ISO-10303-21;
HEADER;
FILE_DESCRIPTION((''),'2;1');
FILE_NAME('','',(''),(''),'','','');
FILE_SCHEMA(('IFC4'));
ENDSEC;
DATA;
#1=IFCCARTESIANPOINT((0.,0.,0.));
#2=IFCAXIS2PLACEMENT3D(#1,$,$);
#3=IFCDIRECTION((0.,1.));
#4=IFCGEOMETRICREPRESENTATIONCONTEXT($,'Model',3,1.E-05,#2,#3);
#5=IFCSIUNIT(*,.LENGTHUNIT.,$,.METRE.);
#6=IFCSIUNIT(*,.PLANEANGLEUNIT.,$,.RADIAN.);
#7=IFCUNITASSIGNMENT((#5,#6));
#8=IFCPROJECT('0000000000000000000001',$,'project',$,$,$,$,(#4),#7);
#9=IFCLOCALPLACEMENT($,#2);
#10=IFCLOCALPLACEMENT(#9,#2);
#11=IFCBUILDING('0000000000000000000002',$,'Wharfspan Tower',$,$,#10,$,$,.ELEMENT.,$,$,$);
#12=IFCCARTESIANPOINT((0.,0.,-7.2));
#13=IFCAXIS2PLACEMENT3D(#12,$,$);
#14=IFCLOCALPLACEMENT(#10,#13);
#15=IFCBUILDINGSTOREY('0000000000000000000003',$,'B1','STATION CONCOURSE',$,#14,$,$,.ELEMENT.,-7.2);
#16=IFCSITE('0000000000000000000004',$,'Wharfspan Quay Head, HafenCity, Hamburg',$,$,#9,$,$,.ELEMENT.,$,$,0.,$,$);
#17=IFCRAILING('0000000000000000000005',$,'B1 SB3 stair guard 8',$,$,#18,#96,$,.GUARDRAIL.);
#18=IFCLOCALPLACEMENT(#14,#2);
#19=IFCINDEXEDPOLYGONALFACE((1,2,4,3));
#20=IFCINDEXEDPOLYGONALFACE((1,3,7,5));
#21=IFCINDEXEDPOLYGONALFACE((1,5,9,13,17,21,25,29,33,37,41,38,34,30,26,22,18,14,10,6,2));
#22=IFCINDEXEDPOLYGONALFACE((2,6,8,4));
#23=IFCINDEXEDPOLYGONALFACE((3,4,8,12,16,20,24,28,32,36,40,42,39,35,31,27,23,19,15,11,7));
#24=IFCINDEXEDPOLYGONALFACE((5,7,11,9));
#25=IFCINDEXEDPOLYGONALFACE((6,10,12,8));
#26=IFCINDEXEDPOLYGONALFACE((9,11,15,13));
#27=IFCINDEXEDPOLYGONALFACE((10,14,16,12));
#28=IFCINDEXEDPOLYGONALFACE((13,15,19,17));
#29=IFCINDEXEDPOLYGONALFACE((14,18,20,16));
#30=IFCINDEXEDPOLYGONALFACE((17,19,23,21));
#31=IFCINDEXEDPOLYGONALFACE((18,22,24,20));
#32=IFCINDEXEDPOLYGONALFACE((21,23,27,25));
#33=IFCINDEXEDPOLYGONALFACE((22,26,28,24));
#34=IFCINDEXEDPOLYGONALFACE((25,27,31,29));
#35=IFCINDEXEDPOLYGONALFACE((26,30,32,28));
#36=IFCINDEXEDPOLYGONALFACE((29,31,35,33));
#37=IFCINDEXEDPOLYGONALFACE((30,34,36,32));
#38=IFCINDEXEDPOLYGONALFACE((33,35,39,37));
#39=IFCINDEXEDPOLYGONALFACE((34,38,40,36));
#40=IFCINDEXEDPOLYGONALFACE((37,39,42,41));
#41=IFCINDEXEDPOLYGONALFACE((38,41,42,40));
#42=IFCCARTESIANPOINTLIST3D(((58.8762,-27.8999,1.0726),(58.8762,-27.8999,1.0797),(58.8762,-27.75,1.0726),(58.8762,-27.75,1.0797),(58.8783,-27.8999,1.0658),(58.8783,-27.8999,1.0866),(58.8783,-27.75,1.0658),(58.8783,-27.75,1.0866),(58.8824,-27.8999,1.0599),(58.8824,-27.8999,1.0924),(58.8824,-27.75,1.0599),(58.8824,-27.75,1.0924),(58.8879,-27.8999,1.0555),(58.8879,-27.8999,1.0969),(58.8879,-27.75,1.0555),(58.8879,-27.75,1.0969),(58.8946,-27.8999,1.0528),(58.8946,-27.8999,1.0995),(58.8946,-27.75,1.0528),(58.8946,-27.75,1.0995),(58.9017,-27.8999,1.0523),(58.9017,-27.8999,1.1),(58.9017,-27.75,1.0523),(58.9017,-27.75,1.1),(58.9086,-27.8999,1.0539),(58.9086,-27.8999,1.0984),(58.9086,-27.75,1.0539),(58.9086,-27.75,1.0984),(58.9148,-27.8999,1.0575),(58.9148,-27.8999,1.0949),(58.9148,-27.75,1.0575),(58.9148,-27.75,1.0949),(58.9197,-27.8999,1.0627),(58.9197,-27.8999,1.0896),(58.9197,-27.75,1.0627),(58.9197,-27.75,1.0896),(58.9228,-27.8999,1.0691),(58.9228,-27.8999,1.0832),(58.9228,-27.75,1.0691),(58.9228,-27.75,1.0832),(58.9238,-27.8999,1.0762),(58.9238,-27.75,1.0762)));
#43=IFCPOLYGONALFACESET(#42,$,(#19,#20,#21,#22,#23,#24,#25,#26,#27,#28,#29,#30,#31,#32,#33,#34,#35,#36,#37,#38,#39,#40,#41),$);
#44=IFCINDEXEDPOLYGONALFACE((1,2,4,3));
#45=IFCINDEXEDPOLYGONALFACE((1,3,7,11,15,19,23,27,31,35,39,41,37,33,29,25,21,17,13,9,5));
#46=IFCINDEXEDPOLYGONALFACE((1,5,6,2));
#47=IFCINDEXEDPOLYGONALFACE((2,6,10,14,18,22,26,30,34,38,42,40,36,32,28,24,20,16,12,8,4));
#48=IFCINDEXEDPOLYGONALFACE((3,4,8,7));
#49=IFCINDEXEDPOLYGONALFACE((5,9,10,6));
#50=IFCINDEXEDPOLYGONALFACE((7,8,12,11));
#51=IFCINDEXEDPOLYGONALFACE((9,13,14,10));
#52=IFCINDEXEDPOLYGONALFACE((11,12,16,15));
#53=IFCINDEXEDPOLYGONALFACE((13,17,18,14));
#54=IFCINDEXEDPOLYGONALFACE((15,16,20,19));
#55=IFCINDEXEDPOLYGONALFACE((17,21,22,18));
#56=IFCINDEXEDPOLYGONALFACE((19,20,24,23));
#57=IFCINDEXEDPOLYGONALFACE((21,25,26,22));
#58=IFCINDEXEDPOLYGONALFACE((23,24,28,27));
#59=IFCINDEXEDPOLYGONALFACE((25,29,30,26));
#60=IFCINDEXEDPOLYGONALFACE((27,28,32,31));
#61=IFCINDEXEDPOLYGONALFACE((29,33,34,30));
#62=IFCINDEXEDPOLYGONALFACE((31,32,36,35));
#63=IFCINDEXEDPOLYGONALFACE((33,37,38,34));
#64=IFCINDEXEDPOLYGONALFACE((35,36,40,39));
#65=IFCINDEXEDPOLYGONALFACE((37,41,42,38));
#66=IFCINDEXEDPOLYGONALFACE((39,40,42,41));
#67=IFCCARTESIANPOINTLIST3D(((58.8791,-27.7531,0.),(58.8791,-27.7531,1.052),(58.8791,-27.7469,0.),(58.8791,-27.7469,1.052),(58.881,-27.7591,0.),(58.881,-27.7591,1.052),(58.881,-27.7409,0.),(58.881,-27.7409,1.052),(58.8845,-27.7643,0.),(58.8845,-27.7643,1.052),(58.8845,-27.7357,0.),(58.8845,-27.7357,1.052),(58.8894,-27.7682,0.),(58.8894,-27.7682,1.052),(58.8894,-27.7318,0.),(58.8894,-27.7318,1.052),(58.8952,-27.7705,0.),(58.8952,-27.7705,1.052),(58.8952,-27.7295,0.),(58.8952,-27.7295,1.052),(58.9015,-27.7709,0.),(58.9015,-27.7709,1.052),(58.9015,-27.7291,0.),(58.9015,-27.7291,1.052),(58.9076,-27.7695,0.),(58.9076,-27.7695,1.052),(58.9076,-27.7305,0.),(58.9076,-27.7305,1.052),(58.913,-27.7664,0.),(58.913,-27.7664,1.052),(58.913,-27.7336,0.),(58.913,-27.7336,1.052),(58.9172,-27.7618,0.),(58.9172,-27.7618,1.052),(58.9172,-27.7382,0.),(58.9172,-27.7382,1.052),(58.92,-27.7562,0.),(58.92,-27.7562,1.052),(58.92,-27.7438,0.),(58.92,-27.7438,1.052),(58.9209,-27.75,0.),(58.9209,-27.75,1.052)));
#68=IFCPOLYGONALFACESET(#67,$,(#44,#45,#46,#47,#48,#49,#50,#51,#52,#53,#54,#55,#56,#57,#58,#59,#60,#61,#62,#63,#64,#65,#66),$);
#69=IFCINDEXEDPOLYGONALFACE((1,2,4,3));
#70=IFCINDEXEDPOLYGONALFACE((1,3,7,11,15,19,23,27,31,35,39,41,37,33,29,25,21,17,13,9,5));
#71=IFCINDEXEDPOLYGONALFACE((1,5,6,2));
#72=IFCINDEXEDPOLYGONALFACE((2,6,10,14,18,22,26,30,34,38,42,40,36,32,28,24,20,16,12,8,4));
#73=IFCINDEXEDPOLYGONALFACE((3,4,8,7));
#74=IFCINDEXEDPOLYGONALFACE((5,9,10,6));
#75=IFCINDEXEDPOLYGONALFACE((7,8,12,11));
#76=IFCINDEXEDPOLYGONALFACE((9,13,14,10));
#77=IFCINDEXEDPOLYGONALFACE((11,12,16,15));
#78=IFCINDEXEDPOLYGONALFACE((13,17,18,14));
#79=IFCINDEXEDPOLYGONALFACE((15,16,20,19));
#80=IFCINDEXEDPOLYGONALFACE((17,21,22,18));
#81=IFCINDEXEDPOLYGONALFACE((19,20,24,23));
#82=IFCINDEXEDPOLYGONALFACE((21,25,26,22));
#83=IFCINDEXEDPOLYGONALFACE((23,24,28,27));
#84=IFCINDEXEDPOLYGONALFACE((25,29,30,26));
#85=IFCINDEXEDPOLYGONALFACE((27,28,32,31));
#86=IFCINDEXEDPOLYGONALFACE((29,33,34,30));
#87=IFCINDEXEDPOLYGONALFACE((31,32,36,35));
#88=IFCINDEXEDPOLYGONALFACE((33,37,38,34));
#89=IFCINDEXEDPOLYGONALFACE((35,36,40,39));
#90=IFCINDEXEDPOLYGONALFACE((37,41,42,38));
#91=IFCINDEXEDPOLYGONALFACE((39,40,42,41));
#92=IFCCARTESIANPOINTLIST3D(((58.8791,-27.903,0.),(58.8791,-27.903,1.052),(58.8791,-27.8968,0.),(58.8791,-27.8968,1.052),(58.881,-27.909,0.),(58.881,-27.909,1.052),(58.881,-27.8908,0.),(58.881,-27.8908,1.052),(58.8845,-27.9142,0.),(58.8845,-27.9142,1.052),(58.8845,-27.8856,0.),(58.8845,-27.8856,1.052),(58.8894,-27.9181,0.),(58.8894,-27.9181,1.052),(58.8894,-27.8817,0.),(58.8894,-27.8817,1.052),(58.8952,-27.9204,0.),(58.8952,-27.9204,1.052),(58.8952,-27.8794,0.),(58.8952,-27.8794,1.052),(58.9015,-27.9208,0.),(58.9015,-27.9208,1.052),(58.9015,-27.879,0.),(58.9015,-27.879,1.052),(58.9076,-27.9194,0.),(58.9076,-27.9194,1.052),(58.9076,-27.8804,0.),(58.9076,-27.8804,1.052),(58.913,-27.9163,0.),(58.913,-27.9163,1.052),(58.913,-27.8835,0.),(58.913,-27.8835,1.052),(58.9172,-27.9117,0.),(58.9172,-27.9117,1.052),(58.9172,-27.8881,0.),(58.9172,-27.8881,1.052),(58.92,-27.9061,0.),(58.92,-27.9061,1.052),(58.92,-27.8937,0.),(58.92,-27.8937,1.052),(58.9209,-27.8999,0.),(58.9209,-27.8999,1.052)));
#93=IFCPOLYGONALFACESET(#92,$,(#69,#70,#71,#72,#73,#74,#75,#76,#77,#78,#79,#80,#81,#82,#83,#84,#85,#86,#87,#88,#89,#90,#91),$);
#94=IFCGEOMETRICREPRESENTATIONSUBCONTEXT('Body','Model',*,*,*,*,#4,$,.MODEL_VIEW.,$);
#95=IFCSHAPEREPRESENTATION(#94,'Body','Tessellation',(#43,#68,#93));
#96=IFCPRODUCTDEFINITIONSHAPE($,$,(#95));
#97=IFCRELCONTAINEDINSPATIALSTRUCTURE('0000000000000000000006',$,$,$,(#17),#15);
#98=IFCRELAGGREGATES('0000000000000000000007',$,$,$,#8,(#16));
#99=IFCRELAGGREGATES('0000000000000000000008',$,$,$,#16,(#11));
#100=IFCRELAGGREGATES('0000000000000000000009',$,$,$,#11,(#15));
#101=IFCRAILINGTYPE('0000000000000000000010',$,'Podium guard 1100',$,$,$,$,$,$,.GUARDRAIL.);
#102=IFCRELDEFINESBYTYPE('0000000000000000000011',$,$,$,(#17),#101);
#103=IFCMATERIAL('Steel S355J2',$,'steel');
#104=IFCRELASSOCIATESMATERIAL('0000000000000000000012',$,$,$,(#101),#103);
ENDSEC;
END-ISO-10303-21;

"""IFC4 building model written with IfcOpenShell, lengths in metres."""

from ifc_helpers import new_model, si_unit, direction, frame, origin, origin_2d, place, context, subcontext, project, spatial, circle, extrude, material, type_object, element, save


model = new_model("IFC4")

# Units and contexts
model_context = context("Model", 3, precision=1e-05, world=origin(), true_north=direction((0.0, 1.0)))
body_context = subcontext(model_context, "Body", "Model", "MODEL_VIEW")
ifc_project = project(units=[si_unit("LENGTHUNIT", "METRE"), si_unit("PLANEANGLEUNIT", "RADIAN")], contexts=[model_context])

# Site, building, storey
site_placement = place(None, origin())
site = spatial("IfcSite", under=ifc_project, at=site_placement, Name="Wharfspan Quay Head, HafenCity, Hamburg", CompositionType="ELEMENT", RefElevation=0.0)
building_placement = place(site_placement, origin())
building = spatial("IfcBuilding", under=site, at=building_placement, Name="Wharfspan Tower", CompositionType="ELEMENT")
storey_placement = place(building_placement, frame((0.0, 0.0, -7.2)))
storey = spatial("IfcBuildingStorey", under=building, at=storey_placement, Name="B1", Description="STATION CONCOURSE", CompositionType="ELEMENT", Elevation=-7.2)

# Railing
ifc_material_1 = material(Name="Steel S355J2", Category="steel")
railing_type_1 = type_object("IfcRailingType", Name="Podium guard 1100", PredefinedType="GUARDRAIL", material=ifc_material_1)
railing_1_placement = place(storey_placement, frame((58.8999, -27.75, 0.0)))
element("IfcRailing", 1, at=railing_1_placement, inside=storey, type_object=railing_type_1, Name="B1 SB3 stair guard 8", PredefinedType="GUARDRAIL", context=body_context, shape_type="SweptSolid", body=[
    extrude(circle(Radius=0.0239, at=origin_2d()), frame((0.0, 0.0, 1.0762), z_axis=(0.0, -1.0, 0.0), x_axis=(1.0, 0.0, 0.0)), (0.0, 0.0, 1.0), 0.1499),
    extrude(circle(Radius=0.021, at=origin_2d()), origin(), (0.0, 0.0, 1.0), 1.052),
    extrude(circle(Radius=0.021, at=origin_2d()), frame((0.0, -0.1499, 0.0)), (0.0, 0.0, 1.0), 1.052),
])

save(model, "model.ifc")
